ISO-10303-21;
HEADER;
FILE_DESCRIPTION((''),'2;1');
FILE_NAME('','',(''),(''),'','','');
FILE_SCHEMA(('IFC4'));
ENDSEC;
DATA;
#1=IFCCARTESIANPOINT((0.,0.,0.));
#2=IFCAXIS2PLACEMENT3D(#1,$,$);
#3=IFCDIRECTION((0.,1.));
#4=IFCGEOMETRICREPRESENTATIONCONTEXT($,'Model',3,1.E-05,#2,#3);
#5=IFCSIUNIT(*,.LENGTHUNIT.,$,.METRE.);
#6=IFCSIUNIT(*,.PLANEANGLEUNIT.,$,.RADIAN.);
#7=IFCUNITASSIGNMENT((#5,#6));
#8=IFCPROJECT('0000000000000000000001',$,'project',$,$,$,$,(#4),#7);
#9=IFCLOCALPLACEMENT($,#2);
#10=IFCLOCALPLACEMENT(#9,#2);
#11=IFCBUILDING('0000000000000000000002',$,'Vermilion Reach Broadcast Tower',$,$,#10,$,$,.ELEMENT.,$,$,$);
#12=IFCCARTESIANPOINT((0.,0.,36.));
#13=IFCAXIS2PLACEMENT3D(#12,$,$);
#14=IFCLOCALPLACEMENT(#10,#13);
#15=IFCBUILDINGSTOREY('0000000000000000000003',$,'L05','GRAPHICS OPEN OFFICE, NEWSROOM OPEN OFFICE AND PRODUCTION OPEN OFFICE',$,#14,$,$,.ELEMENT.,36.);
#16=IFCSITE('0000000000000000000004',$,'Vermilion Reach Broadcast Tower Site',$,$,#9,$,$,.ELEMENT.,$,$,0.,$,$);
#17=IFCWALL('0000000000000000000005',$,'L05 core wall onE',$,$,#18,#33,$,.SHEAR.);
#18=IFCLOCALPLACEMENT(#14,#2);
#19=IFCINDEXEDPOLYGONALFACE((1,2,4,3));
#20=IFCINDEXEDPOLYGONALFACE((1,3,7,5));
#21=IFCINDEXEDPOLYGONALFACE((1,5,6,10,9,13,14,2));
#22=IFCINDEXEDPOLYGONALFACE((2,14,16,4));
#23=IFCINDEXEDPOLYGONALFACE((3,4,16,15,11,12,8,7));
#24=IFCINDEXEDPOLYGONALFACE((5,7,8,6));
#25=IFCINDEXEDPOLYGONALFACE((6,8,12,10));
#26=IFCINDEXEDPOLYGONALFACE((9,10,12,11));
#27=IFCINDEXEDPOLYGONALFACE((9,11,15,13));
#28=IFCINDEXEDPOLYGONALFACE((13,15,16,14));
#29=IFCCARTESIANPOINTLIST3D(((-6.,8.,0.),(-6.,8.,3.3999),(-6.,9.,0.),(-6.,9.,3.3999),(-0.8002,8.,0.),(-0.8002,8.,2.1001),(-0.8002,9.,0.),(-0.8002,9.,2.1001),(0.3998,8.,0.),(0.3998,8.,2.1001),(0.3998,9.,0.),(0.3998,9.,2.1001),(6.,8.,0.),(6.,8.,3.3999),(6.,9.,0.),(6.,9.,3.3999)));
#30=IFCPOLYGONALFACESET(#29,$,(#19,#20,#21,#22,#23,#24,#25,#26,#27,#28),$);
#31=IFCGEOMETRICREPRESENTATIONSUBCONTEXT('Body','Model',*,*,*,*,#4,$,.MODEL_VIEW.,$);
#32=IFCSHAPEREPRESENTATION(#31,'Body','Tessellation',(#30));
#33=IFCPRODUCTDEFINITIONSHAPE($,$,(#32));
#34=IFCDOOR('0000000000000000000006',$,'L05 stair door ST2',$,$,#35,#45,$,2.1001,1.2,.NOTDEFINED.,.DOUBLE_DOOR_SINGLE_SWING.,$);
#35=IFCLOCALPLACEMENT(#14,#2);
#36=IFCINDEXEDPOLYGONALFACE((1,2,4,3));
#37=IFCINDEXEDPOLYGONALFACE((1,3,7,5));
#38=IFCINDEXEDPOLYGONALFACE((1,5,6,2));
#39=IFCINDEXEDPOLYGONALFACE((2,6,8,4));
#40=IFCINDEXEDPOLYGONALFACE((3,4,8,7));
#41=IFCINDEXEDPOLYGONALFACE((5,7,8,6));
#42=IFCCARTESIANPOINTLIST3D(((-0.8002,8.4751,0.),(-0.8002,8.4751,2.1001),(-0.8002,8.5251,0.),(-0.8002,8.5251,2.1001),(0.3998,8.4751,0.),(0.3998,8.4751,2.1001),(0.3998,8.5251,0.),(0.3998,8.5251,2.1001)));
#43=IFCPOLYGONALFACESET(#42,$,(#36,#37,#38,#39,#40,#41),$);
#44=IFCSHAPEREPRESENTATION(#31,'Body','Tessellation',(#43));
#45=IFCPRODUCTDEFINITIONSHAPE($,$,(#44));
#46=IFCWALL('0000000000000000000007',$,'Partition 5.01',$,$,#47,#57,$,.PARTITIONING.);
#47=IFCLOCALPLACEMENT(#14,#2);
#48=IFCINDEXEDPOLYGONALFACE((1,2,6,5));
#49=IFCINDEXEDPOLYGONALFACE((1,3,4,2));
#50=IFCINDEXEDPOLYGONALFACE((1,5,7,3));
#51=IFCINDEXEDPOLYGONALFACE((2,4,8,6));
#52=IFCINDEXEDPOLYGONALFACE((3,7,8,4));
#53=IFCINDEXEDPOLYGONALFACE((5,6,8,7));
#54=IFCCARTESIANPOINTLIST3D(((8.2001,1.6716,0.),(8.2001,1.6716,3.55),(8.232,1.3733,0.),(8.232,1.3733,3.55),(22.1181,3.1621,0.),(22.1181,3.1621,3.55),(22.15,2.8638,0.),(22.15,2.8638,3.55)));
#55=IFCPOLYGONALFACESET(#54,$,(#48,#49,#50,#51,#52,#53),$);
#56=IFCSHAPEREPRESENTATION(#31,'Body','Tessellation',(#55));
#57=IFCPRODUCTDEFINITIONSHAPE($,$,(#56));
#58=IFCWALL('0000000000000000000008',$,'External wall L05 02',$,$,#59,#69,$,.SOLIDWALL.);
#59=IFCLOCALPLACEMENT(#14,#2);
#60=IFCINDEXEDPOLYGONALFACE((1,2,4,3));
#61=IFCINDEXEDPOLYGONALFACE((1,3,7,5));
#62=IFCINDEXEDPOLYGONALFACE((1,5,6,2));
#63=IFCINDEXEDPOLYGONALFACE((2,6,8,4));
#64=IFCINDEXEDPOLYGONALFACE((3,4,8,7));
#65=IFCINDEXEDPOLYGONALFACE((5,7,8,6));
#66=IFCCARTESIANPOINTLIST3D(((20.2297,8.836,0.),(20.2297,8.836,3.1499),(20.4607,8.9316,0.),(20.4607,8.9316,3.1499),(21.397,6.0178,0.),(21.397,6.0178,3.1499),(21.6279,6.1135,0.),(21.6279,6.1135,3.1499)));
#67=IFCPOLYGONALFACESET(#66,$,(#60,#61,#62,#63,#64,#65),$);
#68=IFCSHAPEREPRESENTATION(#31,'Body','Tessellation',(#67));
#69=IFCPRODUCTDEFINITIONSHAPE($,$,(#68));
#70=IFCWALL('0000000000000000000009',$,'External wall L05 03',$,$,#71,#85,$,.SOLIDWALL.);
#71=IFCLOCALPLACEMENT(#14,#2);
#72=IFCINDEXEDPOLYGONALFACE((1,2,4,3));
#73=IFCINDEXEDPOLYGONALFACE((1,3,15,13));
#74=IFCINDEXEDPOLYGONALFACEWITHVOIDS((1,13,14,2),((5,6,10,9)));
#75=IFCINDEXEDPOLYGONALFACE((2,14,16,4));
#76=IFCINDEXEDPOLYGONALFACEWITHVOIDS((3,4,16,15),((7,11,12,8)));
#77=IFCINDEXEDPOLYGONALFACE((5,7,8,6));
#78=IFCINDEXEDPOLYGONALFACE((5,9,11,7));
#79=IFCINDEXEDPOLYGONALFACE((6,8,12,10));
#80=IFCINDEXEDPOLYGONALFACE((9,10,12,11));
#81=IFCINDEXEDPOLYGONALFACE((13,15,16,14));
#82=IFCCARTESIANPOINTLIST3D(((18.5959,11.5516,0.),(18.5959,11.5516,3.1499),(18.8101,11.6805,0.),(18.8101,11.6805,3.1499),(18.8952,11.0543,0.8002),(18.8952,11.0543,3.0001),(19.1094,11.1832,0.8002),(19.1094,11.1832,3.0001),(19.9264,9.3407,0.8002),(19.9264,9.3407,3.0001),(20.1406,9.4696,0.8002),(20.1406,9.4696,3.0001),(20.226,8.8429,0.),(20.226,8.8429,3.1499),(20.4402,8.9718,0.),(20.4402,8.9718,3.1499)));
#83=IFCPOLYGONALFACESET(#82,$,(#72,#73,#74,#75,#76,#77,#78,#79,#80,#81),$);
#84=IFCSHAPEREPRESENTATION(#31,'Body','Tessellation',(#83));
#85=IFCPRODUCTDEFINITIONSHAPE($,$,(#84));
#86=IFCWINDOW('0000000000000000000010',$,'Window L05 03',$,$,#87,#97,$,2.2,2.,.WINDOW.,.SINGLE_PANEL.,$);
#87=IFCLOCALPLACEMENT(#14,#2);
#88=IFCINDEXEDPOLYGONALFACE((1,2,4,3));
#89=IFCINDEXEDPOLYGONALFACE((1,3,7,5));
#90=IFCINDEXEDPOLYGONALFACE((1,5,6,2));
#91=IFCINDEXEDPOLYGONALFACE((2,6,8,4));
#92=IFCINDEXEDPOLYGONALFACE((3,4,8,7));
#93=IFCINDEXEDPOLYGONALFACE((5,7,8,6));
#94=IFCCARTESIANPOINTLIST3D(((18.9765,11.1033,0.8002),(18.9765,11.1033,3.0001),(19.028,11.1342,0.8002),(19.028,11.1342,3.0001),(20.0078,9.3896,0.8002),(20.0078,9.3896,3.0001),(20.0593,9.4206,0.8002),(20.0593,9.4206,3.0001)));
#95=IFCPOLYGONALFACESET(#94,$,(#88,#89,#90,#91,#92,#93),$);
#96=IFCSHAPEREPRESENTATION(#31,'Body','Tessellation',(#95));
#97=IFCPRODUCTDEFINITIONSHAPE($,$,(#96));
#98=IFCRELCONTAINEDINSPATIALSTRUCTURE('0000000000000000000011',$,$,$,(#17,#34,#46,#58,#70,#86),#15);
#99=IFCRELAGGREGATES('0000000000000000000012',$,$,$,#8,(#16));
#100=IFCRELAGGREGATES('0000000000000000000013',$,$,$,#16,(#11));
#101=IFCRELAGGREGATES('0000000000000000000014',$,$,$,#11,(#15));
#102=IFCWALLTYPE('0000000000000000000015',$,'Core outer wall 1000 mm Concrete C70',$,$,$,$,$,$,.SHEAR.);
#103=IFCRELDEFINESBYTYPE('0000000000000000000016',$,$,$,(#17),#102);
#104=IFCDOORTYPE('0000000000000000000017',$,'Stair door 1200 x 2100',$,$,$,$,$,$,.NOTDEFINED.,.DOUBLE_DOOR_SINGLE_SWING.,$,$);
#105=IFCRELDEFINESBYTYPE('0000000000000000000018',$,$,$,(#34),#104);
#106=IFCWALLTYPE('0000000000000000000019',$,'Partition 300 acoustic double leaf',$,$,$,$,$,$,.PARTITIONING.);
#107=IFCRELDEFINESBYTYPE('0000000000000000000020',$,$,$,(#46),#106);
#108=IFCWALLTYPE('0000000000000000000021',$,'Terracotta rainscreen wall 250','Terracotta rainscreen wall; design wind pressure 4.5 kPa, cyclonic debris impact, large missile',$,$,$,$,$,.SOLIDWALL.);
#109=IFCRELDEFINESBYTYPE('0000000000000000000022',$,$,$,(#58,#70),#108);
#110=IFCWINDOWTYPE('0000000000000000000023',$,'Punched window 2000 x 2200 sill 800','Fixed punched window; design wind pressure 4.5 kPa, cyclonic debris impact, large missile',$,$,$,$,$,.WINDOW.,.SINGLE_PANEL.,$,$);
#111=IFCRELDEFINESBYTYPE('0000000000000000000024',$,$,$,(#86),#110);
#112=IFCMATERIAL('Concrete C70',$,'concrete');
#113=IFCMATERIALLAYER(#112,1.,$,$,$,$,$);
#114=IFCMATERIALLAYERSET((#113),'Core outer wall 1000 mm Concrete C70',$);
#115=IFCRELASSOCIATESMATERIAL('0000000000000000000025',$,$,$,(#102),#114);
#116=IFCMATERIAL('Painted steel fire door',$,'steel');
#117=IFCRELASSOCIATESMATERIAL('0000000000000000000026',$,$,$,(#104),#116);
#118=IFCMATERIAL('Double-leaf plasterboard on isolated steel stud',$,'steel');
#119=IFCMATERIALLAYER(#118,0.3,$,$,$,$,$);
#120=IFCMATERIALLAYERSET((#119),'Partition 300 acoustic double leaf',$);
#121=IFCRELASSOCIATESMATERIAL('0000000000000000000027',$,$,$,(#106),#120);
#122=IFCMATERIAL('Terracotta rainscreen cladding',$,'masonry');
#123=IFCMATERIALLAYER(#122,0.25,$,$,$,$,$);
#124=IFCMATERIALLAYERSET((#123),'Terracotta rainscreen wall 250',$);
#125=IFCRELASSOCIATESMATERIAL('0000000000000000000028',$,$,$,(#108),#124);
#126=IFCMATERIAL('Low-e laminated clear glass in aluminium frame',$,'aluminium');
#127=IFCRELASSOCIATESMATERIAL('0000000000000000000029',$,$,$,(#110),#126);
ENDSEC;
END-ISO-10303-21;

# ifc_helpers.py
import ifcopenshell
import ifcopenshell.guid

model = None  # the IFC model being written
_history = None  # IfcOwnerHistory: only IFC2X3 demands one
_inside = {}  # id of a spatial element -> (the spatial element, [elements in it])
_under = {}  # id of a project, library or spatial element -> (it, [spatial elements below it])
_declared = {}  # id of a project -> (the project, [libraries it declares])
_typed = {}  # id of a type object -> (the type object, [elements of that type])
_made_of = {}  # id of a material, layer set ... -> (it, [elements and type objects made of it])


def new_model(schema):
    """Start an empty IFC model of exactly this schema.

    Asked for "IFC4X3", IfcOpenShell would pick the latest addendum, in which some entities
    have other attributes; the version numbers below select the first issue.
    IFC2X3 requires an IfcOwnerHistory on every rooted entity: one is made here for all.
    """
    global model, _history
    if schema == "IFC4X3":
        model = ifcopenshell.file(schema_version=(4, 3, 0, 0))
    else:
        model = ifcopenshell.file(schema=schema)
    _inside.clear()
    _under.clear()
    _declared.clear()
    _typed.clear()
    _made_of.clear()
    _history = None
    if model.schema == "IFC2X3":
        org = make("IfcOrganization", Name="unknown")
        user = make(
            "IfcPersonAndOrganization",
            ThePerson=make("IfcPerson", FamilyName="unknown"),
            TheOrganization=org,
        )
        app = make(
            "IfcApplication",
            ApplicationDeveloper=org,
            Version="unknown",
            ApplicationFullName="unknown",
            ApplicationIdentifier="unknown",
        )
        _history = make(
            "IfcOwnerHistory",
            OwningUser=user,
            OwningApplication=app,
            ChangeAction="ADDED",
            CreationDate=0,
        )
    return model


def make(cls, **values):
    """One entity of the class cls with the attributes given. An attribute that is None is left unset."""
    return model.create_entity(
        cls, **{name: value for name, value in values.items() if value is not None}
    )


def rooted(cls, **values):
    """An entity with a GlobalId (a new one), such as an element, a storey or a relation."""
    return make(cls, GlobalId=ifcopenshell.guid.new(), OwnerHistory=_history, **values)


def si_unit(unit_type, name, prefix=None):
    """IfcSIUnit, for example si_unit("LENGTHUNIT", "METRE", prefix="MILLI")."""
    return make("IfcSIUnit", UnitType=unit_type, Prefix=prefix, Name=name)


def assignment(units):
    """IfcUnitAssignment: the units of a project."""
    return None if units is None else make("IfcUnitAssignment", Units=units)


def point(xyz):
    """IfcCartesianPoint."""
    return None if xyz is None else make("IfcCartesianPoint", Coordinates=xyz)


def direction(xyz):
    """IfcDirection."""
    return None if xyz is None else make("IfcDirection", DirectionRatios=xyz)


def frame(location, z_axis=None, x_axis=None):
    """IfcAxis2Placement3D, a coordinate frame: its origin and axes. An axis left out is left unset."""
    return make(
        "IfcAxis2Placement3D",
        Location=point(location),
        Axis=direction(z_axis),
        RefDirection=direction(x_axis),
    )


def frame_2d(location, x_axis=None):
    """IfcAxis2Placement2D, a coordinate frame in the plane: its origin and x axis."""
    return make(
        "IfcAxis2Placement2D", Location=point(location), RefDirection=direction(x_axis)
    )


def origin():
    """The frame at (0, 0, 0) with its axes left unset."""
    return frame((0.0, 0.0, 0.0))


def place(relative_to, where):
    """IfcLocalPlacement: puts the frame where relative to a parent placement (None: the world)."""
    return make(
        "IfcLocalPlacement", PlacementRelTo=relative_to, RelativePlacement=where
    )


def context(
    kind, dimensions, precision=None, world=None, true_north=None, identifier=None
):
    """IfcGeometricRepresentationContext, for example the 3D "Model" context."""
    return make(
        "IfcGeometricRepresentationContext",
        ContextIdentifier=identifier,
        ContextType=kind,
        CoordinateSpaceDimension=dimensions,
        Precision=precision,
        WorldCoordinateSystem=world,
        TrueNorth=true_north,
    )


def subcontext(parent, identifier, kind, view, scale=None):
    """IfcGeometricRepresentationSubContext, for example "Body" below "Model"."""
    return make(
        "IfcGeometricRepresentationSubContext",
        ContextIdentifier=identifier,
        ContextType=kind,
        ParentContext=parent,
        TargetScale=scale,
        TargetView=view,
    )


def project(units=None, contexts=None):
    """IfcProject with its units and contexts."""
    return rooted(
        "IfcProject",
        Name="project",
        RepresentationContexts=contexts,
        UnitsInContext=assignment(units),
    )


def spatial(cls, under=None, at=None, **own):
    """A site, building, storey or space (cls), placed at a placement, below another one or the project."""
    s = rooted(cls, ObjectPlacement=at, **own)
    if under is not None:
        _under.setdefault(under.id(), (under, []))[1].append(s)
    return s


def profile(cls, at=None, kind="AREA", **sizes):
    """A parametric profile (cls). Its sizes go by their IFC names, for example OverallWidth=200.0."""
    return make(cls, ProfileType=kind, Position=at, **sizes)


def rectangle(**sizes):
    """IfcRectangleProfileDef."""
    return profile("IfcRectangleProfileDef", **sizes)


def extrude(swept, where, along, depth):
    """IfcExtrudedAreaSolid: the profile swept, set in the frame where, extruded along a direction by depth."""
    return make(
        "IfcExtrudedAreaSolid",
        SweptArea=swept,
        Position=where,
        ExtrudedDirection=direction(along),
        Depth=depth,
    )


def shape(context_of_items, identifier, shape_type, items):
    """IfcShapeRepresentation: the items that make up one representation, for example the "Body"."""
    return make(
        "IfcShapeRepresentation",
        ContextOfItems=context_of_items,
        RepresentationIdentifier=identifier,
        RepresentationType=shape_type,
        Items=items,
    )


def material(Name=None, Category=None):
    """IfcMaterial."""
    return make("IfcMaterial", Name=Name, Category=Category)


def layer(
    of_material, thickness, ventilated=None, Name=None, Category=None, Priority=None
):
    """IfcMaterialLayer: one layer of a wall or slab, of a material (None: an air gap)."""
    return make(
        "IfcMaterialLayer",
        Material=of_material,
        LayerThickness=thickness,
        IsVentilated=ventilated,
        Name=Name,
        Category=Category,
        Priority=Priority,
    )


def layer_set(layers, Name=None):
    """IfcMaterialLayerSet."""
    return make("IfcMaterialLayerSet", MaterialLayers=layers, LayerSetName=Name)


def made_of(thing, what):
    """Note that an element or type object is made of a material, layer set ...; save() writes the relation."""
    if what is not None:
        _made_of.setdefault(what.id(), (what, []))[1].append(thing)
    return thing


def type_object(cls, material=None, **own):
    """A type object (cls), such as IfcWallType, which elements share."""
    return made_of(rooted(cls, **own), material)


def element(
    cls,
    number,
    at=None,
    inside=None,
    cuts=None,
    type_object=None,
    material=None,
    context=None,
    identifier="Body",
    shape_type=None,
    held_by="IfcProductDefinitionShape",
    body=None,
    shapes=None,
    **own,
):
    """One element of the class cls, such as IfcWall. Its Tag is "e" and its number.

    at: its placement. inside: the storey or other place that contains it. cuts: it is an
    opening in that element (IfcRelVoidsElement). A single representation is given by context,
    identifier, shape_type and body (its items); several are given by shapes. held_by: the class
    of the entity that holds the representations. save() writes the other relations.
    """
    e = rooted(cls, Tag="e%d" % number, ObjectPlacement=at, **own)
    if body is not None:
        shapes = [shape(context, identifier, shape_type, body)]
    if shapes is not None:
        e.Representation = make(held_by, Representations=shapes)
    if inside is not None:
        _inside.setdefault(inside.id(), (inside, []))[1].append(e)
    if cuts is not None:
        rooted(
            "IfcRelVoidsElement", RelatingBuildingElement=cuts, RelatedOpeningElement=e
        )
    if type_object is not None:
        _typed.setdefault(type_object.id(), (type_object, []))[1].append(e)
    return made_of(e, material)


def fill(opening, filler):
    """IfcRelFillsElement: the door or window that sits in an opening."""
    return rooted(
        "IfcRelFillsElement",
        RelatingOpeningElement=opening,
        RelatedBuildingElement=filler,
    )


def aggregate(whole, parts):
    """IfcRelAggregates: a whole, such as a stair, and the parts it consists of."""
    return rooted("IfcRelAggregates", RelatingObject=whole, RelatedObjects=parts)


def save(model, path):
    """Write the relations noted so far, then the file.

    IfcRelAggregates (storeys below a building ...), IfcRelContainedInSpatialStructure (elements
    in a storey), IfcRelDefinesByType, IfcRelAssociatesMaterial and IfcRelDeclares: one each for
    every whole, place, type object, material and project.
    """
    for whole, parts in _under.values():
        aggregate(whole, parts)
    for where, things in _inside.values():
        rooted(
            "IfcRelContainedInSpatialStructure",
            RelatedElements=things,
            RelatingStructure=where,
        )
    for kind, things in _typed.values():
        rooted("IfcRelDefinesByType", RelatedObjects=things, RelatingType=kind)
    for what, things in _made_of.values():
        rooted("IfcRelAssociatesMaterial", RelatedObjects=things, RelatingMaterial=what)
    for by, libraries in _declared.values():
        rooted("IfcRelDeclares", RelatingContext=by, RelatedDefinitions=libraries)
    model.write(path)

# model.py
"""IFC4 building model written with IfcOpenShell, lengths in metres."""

from ifc_helpers import new_model, si_unit, direction, frame, frame_2d, origin, place, context, subcontext, project, spatial, rectangle, extrude, material, layer, layer_set, type_object, element, fill, save


model = new_model("IFC4")

# Units and contexts
model_context = context("Model", 3, precision=1e-05, world=origin(), true_north=direction((0.0, 1.0)))
body_context = subcontext(model_context, "Body", "Model", "MODEL_VIEW")
ifc_project = project(units=[si_unit("LENGTHUNIT", "METRE"), si_unit("PLANEANGLEUNIT", "RADIAN")], contexts=[model_context])

# Site, building, storey
site_placement = place(None, origin())
site = spatial("IfcSite", under=ifc_project, at=site_placement, Name="Vermilion Reach Broadcast Tower Site", CompositionType="ELEMENT", RefElevation=0.0)
building_placement = place(site_placement, origin())
building = spatial("IfcBuilding", under=site, at=building_placement, Name="Vermilion Reach Broadcast Tower", CompositionType="ELEMENT")
storey_placement = place(building_placement, frame((0.0, 0.0, 36.0)))
storey = spatial("IfcBuildingStorey", under=building, at=storey_placement, Name="L05", Description="GRAPHICS OPEN OFFICE, NEWSROOM OPEN OFFICE AND PRODUCTION OPEN OFFICE", CompositionType="ELEMENT", Elevation=36.0)

# Wall, opening, door
ifc_material_1 = material(Name="Concrete C70", Category="concrete")
ifc_layer_1 = layer(ifc_material_1, 1.0)
ifc_layer_set_1 = layer_set([ifc_layer_1], Name="Core outer wall 1000 mm Concrete C70")
wall_type_1 = type_object("IfcWallType", Name="Core outer wall 1000 mm Concrete C70", PredefinedType="SHEAR", material=ifc_layer_set_1)
wall_1_placement = place(storey_placement, frame((6.0, 8.5, 0.0), z_axis=(0.0, 0.0, 1.0), x_axis=(-1.0, 0.0, 0.0)))
wall_1 = element("IfcWall", 1, at=wall_1_placement, inside=storey, type_object=wall_type_1, Name="L05 core wall onE", PredefinedType="SHEAR", context=body_context, shape_type="SweptSolid", body=[
    extrude(rectangle(XDim=12.0, YDim=1.0, at=frame_2d((6.0, 0.0))), origin(), (0.0, 0.0, 1.0), 3.3999),
])
opening_1_placement = place(wall_1_placement, frame((5.6001, 0.0, 0.0)))
opening_1 = element("IfcOpeningElement", 2, at=opening_1_placement, cuts=wall_1, PredefinedType="OPENING", context=body_context, shape_type="SweptSolid", body=[
    extrude(rectangle(XDim=1.2, YDim=2.1001, at=frame_2d((0.6001, 1.05))), frame((0.0, 0.51, 0.0), z_axis=(0.0, -1.0, 0.0), x_axis=(1.0, 0.0, 0.0)), (0.0, 0.0, 1.0), 1.02),
])
ifc_material_2 = material(Name="Painted steel fire door", Category="steel")
door_type = type_object("IfcDoorType", Name="Stair door 1200 x 2100", OperationType="DOUBLE_DOOR_SINGLE_SWING", PredefinedType="NOTDEFINED", material=ifc_material_2)
door_placement = place(opening_1_placement, origin())
door = element("IfcDoor", 3, at=door_placement, inside=storey, type_object=door_type, Name="L05 stair door ST2", OperationType="DOUBLE_DOOR_SINGLE_SWING", OverallHeight=2.1001, OverallWidth=1.2, PredefinedType="NOTDEFINED", context=body_context, shape_type="SweptSolid", body=[
    extrude(rectangle(XDim=1.2, YDim=2.1001, at=frame_2d((0.6001, 1.05))), frame((0.0, 0.0249, 0.0), z_axis=(0.0, -1.0, 0.0), x_axis=(1.0, 0.0, 0.0)), (0.0, 0.0, 1.0), 0.05),
])
fill(opening_1, door)

# Walls
ifc_material_3 = material(Name="Double-leaf plasterboard on isolated steel stud", Category="steel")
ifc_layer_2 = layer(ifc_material_3, 0.3)
ifc_layer_set_2 = layer_set([ifc_layer_2], Name="Partition 300 acoustic double leaf")
wall_type_2 = type_object("IfcWallType", Name="Partition 300 acoustic double leaf", PredefinedType="PARTITIONING", material=ifc_layer_set_2)
wall_2_placement = place(storey_placement, frame((22.134, 3.0129, 0.0), z_axis=(0.0, 0.0, 1.0), x_axis=(-0.994315, -0.106481, 0.0)))
element("IfcWall", 4, at=wall_2_placement, inside=storey, type_object=wall_type_2, Name="Partition 5.01", PredefinedType="PARTITIONING", context=body_context, shape_type="SweptSolid", body=[
    extrude(rectangle(XDim=13.9976, YDim=0.3, at=frame_2d((6.9988, 0.0))), origin(), (0.0, 0.0, 1.0), 3.55),
])
ifc_material_4 = material(Name="Terracotta rainscreen cladding", Category="masonry")
ifc_layer_3 = layer(ifc_material_4, 0.25)
ifc_layer_set_3 = layer_set([ifc_layer_3], Name="Terracotta rainscreen wall 250")
wall_type_3 = type_object("IfcWallType", Name="Terracotta rainscreen wall 250", Description="Terracotta rainscreen wall; design wind pressure 4.5 kPa, cyclonic debris impact, large missile", PredefinedType="SOLIDWALL", material=ifc_layer_set_3)
wall_3_placement = place(storey_placement, frame((21.5125, 6.0657, 0.0), z_axis=(0.0, 0.0, 1.0), x_axis=(-0.382665, 0.923887, 0.0)))
element("IfcWall", 5, at=wall_3_placement, inside=storey, type_object=wall_type_3, Name="External wall L05 02", PredefinedType="SOLIDWALL", context=body_context, shape_type="SweptSolid", body=[
    extrude(rectangle(XDim=3.0503, YDim=0.25, at=frame_2d((1.5251, 0.0))), origin(), (0.0, 0.0, 1.0), 3.1499),
])

# Wall, opening, window
wall_4_placement = place(storey_placement, frame((20.333, 8.9075, 0.0), z_axis=(0.0, 0.0, 1.0), x_axis=(-0.515631, 0.856811, 0.0)))
wall_4 = element("IfcWall", 6, at=wall_4_placement, inside=storey, type_object=wall_type_3, Name="External wall L05 03", PredefinedType="SOLIDWALL", context=body_context, shape_type="SweptSolid", body=[
    extrude(rectangle(XDim=3.1614, YDim=0.25, at=frame_2d((1.5806, 0.0))), origin(), (0.0, 0.0, 1.0), 3.1499),
])
opening_2_placement = place(wall_4_placement, frame((0.5808, 0.0, 0.8)))
opening_2 = element("IfcOpeningElement", 7, at=opening_2_placement, cuts=wall_4, PredefinedType="OPENING", context=body_context, shape_type="SweptSolid", body=[
    extrude(rectangle(XDim=2.0, YDim=2.2, at=frame_2d((1.0, 1.1001))), frame((0.0, 0.135, 0.0), z_axis=(0.0, -1.0, 0.0), x_axis=(1.0, 0.0, 0.0)), (0.0, 0.0, 1.0), 0.27),
])
ifc_material_5 = material(Name="Low-e laminated clear glass in aluminium frame", Category="aluminium")
window_type = type_object("IfcWindowType", Name="Punched window 2000 x 2200 sill 800", Description="Fixed punched window; design wind pressure 4.5 kPa, cyclonic debris impact, large missile", PartitioningType="SINGLE_PANEL", PredefinedType="WINDOW", material=ifc_material_5)
window_placement = place(opening_2_placement, origin())
window = element("IfcWindow", 8, at=window_placement, inside=storey, type_object=window_type, Name="Window L05 03", OverallHeight=2.2, OverallWidth=2.0, PartitioningType="SINGLE_PANEL", PredefinedType="WINDOW", context=body_context, shape_type="SweptSolid", body=[
    extrude(rectangle(XDim=2.0, YDim=2.2, at=frame_2d((1.0, 1.1001))), frame((0.0, 0.03, 0.0), z_axis=(0.0, -1.0, 0.0), x_axis=(1.0, 0.0, 0.0)), (0.0, 0.0, 1.0), 0.0601),
])
fill(opening_2, window)

save(model, "model.ifc")
